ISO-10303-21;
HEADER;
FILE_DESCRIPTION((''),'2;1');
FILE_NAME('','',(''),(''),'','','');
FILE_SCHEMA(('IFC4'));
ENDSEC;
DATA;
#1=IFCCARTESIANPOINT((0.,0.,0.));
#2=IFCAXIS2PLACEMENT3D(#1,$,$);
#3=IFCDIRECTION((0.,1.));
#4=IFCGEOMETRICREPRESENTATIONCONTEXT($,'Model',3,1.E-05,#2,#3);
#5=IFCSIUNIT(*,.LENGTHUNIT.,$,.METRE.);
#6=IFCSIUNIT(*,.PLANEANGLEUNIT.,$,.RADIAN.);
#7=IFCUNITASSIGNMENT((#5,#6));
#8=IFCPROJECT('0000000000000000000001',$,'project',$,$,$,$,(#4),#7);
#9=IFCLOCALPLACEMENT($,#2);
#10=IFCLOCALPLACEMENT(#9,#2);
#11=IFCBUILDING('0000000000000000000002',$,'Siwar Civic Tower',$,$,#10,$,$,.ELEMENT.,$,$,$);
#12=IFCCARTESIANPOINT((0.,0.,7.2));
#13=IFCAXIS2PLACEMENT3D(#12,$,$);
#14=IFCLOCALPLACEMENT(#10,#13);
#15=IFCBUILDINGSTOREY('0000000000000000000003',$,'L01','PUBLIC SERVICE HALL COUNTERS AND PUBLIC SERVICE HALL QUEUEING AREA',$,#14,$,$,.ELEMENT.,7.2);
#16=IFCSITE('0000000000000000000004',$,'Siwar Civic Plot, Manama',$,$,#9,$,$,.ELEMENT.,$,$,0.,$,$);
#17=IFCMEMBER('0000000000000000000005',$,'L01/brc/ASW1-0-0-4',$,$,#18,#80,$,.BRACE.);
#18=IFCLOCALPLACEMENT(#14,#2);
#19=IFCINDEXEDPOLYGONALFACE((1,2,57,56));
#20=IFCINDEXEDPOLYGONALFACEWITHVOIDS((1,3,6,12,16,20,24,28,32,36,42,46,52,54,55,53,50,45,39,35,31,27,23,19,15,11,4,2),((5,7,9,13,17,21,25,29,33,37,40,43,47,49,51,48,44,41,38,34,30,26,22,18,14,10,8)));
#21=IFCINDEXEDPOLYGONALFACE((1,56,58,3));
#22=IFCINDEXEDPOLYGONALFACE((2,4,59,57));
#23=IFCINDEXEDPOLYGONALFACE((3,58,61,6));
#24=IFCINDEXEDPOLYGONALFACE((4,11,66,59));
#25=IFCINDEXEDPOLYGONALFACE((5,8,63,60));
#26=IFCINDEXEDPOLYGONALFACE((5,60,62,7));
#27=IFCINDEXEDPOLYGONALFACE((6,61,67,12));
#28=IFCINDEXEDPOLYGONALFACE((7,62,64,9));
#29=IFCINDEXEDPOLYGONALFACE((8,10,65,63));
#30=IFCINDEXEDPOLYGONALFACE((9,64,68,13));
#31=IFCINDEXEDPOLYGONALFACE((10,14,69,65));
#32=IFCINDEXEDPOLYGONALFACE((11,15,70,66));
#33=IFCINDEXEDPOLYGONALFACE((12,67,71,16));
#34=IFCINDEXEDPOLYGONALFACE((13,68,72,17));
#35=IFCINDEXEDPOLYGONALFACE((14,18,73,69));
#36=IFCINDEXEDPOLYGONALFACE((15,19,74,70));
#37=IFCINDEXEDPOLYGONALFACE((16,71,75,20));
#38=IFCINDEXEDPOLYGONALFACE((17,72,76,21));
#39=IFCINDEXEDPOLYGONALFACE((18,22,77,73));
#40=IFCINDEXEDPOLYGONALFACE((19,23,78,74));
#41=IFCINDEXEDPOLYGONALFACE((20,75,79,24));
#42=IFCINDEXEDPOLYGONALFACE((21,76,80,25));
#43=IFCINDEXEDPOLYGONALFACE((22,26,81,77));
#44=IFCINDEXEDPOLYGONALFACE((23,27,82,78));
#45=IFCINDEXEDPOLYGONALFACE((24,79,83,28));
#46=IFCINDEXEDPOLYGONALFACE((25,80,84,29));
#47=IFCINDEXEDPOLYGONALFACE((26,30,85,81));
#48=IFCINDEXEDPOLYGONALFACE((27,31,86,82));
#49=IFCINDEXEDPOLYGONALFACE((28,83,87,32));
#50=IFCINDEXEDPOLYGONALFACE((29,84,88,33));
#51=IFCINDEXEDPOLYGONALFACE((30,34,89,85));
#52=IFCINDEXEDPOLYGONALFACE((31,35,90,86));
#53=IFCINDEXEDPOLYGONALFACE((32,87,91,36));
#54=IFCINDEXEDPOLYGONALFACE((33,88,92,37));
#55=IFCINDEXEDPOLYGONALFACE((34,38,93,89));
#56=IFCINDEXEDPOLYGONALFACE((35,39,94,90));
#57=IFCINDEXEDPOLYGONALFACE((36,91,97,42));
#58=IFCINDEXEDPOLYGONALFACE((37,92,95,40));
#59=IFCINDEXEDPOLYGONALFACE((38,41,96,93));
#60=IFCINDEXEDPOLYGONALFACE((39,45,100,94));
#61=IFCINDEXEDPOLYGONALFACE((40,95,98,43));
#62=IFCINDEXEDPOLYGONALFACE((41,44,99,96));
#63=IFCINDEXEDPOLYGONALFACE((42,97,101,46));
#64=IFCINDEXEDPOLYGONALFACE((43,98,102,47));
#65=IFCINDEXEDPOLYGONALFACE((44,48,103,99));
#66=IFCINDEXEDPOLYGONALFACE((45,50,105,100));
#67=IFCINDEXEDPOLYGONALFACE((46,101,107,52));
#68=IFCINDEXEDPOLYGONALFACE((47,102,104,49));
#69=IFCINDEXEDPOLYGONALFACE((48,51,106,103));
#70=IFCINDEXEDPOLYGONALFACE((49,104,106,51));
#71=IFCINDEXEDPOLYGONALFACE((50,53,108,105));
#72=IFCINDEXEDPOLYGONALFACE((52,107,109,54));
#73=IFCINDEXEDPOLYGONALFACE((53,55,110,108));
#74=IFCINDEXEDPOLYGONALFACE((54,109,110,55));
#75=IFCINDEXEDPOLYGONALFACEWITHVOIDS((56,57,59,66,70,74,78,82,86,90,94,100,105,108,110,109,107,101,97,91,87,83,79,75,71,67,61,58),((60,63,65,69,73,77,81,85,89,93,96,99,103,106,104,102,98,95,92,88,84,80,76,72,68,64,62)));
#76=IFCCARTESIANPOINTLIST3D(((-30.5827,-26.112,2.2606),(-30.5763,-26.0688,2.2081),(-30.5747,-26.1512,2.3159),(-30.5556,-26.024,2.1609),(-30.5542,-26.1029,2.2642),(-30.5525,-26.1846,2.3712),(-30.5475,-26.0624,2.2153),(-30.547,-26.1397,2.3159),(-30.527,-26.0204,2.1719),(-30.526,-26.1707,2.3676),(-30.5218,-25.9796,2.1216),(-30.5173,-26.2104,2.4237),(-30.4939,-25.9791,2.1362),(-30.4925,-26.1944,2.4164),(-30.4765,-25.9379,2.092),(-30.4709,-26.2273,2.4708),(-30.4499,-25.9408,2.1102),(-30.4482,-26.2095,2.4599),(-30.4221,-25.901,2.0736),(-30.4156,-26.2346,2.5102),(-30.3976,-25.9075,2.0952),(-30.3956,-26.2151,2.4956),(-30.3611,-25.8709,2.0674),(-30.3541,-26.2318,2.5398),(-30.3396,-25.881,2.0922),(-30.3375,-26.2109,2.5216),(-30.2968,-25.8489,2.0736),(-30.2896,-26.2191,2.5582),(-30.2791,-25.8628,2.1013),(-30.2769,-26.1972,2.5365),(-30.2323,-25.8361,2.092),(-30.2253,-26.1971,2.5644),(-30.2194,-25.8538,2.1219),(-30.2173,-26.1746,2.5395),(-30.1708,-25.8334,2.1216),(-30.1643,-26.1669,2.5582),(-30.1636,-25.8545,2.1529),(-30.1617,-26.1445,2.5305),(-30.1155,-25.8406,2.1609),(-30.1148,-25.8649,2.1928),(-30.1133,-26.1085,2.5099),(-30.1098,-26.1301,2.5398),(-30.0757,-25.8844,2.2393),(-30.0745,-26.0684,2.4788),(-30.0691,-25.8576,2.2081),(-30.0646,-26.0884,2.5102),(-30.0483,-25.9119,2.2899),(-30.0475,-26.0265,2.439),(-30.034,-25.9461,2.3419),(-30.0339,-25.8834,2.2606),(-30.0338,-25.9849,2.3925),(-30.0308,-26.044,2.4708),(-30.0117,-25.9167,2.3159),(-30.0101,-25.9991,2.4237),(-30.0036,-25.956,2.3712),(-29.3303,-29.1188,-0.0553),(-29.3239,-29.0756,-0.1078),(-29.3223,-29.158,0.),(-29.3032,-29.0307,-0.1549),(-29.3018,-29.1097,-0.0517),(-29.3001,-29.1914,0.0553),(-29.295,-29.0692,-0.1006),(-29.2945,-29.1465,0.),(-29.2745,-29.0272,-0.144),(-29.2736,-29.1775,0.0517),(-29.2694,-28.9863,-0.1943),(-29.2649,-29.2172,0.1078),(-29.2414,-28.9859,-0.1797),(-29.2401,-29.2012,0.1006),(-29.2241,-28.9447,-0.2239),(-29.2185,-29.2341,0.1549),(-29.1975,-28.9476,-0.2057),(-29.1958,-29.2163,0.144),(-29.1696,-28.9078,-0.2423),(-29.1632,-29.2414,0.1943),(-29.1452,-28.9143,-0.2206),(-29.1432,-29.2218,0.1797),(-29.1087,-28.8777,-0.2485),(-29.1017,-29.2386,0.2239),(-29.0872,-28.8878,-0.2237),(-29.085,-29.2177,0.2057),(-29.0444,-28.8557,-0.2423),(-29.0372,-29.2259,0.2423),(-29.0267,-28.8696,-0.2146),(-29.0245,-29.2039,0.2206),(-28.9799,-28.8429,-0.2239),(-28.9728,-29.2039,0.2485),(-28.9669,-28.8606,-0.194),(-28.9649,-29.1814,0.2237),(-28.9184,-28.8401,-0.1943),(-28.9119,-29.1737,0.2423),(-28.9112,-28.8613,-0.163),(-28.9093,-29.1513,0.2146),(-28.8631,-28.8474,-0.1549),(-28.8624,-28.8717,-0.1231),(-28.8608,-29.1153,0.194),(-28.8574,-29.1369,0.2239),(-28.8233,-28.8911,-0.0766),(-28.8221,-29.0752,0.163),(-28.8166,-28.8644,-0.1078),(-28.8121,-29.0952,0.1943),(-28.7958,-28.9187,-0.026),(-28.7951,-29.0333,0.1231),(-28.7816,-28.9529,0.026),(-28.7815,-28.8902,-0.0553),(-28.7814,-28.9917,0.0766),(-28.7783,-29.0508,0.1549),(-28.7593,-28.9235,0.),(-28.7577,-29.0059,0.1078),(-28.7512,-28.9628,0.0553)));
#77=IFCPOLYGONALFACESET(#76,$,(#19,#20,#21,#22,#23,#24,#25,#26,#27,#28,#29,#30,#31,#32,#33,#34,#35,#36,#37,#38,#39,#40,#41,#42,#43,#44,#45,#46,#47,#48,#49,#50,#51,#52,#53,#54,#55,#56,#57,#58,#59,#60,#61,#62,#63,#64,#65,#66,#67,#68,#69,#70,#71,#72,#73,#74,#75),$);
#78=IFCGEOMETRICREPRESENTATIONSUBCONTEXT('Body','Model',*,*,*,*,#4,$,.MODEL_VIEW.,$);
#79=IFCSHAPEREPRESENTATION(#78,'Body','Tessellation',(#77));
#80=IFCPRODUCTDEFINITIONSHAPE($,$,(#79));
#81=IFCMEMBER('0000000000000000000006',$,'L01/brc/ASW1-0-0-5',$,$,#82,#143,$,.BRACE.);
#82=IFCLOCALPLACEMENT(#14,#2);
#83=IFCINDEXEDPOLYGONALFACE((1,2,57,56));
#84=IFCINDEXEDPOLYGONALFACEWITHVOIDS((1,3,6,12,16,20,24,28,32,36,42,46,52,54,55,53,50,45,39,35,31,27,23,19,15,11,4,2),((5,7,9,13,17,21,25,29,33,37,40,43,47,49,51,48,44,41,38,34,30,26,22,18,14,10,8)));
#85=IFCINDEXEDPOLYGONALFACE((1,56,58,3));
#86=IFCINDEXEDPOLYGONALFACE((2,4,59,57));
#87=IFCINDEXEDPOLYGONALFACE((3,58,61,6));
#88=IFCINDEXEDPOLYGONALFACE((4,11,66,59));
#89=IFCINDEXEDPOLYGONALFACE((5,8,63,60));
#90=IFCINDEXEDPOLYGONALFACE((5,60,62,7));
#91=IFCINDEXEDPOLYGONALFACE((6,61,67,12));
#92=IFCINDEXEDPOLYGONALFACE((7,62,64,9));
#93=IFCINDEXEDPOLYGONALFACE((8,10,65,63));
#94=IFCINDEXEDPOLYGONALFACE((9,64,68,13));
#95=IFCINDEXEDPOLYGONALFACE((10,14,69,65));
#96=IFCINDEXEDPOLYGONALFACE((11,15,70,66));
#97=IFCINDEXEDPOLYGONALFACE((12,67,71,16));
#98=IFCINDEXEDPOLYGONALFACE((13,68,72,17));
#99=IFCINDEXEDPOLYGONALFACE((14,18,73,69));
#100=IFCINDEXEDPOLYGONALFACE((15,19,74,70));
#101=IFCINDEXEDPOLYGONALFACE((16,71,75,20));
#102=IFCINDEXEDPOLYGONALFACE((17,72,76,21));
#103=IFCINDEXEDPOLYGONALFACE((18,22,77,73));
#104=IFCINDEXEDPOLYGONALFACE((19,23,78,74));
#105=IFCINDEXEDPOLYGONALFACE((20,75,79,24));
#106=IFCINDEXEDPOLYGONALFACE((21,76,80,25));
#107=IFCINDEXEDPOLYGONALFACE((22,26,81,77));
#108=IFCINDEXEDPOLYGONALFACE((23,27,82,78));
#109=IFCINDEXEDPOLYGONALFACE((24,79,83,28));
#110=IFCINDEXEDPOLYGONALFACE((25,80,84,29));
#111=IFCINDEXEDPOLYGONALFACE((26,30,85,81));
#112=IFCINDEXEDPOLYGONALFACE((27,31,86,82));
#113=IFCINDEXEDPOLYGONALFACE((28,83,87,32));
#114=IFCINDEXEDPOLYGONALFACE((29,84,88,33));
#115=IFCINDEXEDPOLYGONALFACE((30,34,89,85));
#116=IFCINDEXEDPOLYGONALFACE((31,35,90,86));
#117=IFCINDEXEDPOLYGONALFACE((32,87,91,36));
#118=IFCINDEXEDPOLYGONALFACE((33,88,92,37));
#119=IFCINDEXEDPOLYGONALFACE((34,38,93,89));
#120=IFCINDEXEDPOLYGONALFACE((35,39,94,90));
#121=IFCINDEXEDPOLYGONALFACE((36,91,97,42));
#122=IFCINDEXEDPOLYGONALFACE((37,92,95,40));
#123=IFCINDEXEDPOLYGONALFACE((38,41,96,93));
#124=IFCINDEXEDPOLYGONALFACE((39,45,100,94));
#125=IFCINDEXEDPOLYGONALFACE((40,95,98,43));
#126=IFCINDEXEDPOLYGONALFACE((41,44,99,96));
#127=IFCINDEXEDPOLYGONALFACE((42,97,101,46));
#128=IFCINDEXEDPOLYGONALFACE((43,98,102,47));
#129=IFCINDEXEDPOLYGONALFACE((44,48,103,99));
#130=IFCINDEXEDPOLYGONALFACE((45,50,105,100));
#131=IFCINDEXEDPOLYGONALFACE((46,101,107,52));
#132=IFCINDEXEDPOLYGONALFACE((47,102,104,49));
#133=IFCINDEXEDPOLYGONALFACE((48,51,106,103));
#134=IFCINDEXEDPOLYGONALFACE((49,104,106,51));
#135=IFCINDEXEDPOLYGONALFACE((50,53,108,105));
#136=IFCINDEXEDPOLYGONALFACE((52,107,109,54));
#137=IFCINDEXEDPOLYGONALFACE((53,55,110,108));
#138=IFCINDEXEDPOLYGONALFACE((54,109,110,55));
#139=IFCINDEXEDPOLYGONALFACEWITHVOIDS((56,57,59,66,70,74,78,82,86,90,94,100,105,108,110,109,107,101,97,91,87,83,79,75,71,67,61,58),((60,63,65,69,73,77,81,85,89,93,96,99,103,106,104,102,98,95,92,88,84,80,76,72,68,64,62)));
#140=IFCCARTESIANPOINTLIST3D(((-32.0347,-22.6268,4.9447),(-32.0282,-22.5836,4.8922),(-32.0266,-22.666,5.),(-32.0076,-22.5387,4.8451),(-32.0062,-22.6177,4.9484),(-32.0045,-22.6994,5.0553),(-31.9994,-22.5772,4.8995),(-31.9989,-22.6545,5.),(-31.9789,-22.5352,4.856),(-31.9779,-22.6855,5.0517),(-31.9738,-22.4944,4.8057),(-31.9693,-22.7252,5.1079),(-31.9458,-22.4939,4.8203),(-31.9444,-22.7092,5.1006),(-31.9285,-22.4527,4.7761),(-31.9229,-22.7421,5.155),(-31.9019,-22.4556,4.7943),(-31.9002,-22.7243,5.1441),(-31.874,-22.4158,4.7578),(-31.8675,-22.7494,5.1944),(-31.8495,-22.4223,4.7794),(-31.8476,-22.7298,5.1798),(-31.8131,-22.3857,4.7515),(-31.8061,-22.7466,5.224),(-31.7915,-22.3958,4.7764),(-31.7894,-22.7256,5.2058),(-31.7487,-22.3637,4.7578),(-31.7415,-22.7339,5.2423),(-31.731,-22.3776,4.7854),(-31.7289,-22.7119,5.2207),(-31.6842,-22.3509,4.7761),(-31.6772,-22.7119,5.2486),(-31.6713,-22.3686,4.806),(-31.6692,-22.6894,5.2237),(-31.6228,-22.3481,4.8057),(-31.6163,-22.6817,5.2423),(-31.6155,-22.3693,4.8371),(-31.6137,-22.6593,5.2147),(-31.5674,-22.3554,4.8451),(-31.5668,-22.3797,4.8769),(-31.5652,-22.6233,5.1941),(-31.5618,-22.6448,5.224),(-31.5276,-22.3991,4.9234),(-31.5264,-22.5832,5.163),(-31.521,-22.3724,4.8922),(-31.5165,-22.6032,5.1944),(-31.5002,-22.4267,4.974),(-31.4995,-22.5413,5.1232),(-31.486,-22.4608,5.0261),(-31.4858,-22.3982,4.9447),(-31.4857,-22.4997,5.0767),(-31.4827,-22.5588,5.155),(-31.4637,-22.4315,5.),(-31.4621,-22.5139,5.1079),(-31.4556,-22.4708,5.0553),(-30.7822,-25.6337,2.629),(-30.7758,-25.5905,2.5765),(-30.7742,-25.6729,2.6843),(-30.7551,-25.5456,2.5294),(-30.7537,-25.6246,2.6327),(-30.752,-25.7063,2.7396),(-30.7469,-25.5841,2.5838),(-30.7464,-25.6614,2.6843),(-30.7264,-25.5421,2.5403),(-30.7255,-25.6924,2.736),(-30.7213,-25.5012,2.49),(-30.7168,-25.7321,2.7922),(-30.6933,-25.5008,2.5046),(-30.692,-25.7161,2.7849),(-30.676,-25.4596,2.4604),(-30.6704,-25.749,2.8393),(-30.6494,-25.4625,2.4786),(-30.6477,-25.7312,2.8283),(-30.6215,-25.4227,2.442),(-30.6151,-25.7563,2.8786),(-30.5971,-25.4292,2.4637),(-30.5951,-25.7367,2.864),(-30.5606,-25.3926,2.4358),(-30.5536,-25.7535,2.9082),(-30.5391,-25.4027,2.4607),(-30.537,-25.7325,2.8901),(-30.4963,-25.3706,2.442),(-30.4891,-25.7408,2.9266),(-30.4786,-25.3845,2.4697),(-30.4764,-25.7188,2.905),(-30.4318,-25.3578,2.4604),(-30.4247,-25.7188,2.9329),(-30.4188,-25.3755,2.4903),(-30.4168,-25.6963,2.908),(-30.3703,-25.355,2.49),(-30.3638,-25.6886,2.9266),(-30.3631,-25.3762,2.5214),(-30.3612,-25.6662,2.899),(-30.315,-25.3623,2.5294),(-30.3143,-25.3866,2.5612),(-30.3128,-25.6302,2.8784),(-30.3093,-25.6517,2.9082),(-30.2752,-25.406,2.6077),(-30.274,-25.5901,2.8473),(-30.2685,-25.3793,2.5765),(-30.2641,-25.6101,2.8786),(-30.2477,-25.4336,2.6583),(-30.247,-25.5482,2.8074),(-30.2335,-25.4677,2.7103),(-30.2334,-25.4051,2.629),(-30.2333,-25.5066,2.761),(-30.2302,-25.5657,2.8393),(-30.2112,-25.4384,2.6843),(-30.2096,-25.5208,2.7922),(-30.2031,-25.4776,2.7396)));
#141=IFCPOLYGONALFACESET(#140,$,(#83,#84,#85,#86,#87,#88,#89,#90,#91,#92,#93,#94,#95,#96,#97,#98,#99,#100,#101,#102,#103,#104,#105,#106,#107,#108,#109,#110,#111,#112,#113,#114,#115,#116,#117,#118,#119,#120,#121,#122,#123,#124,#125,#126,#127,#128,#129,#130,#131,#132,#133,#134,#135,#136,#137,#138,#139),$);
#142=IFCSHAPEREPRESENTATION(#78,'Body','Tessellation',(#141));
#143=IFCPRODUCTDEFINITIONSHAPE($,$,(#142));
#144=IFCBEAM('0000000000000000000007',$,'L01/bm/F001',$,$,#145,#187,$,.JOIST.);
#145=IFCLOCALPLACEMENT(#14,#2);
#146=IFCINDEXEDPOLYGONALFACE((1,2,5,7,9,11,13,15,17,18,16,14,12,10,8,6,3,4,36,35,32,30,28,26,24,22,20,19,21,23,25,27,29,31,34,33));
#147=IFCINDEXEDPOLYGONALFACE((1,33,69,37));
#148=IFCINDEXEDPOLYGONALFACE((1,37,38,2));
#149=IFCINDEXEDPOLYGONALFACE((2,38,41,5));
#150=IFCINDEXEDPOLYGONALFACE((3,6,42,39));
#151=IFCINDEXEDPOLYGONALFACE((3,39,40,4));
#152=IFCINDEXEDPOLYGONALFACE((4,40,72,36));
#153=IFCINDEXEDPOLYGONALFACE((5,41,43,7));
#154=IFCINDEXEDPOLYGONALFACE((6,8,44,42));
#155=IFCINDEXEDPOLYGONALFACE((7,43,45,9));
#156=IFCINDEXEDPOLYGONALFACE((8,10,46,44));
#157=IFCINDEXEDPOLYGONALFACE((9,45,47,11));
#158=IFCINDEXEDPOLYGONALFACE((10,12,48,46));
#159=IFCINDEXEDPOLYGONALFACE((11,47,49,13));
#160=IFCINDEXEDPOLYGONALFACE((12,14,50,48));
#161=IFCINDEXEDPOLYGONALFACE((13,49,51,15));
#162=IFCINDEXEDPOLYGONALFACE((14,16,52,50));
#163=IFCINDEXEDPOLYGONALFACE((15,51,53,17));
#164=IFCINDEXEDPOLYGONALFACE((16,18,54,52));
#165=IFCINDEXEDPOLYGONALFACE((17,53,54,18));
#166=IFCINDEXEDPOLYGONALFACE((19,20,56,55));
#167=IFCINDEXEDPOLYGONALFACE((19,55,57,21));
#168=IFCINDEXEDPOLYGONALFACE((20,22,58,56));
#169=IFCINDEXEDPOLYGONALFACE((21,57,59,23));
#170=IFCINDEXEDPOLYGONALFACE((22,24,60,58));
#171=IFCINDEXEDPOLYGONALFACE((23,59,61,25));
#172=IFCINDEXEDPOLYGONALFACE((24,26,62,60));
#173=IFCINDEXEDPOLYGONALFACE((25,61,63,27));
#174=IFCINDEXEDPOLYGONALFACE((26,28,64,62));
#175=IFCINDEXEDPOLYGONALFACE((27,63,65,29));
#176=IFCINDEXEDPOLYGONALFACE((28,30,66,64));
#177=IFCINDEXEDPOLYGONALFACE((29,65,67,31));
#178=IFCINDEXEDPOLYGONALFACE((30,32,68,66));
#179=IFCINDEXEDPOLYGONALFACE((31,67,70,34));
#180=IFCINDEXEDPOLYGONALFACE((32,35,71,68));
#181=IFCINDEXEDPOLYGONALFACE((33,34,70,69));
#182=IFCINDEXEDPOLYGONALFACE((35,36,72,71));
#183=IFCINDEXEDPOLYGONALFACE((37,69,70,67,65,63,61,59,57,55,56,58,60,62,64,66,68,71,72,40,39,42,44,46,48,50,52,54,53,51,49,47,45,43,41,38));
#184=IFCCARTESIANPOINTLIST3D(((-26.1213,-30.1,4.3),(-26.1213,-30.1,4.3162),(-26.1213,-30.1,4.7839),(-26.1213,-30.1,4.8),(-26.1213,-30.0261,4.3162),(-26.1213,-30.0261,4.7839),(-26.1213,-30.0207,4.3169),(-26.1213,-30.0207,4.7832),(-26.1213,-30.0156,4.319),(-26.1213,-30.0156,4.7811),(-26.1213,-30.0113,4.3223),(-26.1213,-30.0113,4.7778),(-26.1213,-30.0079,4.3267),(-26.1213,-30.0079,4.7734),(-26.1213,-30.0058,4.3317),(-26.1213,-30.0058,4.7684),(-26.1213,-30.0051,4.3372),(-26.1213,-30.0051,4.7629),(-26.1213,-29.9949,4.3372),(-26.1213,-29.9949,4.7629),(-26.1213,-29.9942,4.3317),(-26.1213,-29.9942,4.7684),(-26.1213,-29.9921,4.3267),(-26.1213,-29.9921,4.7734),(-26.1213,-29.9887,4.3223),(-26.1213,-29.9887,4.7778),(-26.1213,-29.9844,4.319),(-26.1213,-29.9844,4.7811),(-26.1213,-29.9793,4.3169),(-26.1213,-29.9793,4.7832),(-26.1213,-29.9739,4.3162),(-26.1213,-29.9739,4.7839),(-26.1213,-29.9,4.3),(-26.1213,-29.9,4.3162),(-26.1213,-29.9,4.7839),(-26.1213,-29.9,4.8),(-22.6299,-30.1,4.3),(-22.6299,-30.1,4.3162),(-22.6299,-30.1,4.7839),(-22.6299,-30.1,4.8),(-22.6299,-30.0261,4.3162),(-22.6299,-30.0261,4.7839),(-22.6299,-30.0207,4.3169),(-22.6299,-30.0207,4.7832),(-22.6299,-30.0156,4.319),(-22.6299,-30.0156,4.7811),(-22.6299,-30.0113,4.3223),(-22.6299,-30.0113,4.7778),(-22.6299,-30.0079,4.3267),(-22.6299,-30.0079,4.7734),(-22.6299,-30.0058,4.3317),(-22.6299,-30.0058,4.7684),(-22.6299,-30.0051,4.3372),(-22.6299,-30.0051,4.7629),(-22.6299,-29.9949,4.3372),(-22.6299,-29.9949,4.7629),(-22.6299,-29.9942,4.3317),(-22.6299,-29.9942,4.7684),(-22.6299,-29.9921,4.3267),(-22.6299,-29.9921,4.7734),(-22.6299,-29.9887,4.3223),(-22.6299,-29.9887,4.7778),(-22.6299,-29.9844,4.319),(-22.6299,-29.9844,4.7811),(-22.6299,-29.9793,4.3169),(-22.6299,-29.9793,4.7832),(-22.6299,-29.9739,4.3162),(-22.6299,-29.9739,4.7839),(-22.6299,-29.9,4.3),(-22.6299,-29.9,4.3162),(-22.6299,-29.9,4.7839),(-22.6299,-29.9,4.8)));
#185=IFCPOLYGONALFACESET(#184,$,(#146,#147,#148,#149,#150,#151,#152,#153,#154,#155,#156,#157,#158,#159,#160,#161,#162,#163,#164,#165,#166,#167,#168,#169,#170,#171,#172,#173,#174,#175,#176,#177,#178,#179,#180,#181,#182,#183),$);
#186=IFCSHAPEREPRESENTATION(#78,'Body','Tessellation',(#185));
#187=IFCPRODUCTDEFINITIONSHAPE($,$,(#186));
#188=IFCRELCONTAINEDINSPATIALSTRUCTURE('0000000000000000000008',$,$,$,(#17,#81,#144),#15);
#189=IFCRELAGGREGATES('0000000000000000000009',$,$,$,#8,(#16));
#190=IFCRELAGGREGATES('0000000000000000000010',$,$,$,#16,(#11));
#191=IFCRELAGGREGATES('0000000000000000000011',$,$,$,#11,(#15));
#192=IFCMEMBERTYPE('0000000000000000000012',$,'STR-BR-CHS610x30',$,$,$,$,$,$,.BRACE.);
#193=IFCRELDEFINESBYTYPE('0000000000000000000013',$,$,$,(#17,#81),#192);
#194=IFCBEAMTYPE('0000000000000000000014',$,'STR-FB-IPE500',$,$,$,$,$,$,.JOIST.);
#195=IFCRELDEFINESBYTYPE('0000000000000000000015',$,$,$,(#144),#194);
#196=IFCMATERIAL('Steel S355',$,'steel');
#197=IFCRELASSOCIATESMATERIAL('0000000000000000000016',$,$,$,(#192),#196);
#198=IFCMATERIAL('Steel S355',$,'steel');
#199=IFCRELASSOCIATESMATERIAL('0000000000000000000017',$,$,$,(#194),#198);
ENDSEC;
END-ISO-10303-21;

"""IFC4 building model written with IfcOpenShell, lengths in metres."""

from ifc_helpers import new_model, si_unit, direction, frame, origin, origin_2d, place, context, subcontext, project, spatial, hollow_circle, i_section, extrude, material, material_profile, profile_set, type_object, element, save


model = new_model("IFC4")

# Units and contexts
model_context = context("Model", 3, precision=1e-05, world=origin(), true_north=direction((0.0, 1.0)))
body_context = subcontext(model_context, "Body", "Model", "MODEL_VIEW")
ifc_project = project(units=[si_unit("LENGTHUNIT", "METRE"), si_unit("PLANEANGLEUNIT", "RADIAN")], contexts=[model_context])

# Site, building, storey
site_placement = place(None, origin())
site = spatial("IfcSite", under=ifc_project, at=site_placement, Name="Siwar Civic Plot, Manama", CompositionType="ELEMENT", RefElevation=0.0)
building_placement = place(site_placement, origin())
building = spatial("IfcBuilding", under=site, at=building_placement, Name="Siwar Civic Tower", CompositionType="ELEMENT")
storey_placement = place(building_placement, frame((0.0, 0.0, 7.2)))
storey = spatial("IfcBuildingStorey", under=building, at=storey_placement, Name="L01", Description="PUBLIC SERVICE HALL COUNTERS AND PUBLIC SERVICE HALL QUEUEING AREA", CompositionType="ELEMENT", Elevation=7.2)

# Members
ifc_material_1 = material(Name="Steel S355", Category="steel")
ifc_material_profile_1 = material_profile(ifc_material_1, hollow_circle(Radius=0.3049, WallThickness=0.03, at=origin_2d()), Name="CHS610x30")
ifc_profile_set_1 = profile_set([ifc_material_profile_1], Name="Steel S355")
member_type_1 = type_object("IfcMemberType", Name="STR-BR-CHS610x30", PredefinedType="BRACE", material=ifc_profile_set_1)
for number, where, z_axis, x_axis, name in (
    (1, (-29.0408, -29.0408, 0.0), (-0.313373, 0.752341, 0.579466), (-0.923121, -0.384509, 0.0), "L01/brc/ASW1-0-0-4"),
    (2, (-30.4927, -25.5557, 2.6843), (-0.313385, 0.752367, 0.579425), (-0.923121, -0.384509, 0.0), "L01/brc/ASW1-0-0-5"),
):
    element("IfcMember", number, at=place(storey_placement, frame(where, z_axis=z_axis, x_axis=x_axis)), inside=storey, type_object=member_type_1, Name=name, PredefinedType="BRACE", context=body_context, shape_type="SweptSolid", body=[
        extrude(hollow_circle(Radius=0.3049, WallThickness=0.03, at=origin_2d()), origin(), (0.0, 0.0, 1.0), 3.9966),
    ])

# Beam
ifc_material_2 = material(Name="Steel S355", Category="steel")
ifc_material_profile_2 = material_profile(ifc_material_2, i_section(OverallWidth=0.2, OverallDepth=0.5, WebThickness=0.0103, FlangeThickness=0.0161, FilletRadius=0.021, at=origin_2d()), Name="IPE500")
ifc_profile_set_2 = profile_set([ifc_material_profile_2], Name="Steel S355")
beam_type_1 = type_object("IfcBeamType", Name="STR-FB-IPE500", PredefinedType="JOIST", material=ifc_profile_set_2)
beam_1_placement = place(storey_placement, frame((-26.1213, -30.0, 4.55), z_axis=(1.0, 0.0, 0.0), x_axis=(0.0, 1.0, 0.0)))
element("IfcBeam", 3, at=beam_1_placement, inside=storey, type_object=beam_type_1, Name="L01/bm/F001", PredefinedType="JOIST", context=body_context, shape_type="SweptSolid", body=[
    extrude(i_section(OverallWidth=0.2, OverallDepth=0.5, WebThickness=0.0103, FlangeThickness=0.0161, FilletRadius=0.021, at=origin_2d()), origin(), (0.0, 0.0, 1.0), 3.4915),
])

save(model, "model.ifc")
